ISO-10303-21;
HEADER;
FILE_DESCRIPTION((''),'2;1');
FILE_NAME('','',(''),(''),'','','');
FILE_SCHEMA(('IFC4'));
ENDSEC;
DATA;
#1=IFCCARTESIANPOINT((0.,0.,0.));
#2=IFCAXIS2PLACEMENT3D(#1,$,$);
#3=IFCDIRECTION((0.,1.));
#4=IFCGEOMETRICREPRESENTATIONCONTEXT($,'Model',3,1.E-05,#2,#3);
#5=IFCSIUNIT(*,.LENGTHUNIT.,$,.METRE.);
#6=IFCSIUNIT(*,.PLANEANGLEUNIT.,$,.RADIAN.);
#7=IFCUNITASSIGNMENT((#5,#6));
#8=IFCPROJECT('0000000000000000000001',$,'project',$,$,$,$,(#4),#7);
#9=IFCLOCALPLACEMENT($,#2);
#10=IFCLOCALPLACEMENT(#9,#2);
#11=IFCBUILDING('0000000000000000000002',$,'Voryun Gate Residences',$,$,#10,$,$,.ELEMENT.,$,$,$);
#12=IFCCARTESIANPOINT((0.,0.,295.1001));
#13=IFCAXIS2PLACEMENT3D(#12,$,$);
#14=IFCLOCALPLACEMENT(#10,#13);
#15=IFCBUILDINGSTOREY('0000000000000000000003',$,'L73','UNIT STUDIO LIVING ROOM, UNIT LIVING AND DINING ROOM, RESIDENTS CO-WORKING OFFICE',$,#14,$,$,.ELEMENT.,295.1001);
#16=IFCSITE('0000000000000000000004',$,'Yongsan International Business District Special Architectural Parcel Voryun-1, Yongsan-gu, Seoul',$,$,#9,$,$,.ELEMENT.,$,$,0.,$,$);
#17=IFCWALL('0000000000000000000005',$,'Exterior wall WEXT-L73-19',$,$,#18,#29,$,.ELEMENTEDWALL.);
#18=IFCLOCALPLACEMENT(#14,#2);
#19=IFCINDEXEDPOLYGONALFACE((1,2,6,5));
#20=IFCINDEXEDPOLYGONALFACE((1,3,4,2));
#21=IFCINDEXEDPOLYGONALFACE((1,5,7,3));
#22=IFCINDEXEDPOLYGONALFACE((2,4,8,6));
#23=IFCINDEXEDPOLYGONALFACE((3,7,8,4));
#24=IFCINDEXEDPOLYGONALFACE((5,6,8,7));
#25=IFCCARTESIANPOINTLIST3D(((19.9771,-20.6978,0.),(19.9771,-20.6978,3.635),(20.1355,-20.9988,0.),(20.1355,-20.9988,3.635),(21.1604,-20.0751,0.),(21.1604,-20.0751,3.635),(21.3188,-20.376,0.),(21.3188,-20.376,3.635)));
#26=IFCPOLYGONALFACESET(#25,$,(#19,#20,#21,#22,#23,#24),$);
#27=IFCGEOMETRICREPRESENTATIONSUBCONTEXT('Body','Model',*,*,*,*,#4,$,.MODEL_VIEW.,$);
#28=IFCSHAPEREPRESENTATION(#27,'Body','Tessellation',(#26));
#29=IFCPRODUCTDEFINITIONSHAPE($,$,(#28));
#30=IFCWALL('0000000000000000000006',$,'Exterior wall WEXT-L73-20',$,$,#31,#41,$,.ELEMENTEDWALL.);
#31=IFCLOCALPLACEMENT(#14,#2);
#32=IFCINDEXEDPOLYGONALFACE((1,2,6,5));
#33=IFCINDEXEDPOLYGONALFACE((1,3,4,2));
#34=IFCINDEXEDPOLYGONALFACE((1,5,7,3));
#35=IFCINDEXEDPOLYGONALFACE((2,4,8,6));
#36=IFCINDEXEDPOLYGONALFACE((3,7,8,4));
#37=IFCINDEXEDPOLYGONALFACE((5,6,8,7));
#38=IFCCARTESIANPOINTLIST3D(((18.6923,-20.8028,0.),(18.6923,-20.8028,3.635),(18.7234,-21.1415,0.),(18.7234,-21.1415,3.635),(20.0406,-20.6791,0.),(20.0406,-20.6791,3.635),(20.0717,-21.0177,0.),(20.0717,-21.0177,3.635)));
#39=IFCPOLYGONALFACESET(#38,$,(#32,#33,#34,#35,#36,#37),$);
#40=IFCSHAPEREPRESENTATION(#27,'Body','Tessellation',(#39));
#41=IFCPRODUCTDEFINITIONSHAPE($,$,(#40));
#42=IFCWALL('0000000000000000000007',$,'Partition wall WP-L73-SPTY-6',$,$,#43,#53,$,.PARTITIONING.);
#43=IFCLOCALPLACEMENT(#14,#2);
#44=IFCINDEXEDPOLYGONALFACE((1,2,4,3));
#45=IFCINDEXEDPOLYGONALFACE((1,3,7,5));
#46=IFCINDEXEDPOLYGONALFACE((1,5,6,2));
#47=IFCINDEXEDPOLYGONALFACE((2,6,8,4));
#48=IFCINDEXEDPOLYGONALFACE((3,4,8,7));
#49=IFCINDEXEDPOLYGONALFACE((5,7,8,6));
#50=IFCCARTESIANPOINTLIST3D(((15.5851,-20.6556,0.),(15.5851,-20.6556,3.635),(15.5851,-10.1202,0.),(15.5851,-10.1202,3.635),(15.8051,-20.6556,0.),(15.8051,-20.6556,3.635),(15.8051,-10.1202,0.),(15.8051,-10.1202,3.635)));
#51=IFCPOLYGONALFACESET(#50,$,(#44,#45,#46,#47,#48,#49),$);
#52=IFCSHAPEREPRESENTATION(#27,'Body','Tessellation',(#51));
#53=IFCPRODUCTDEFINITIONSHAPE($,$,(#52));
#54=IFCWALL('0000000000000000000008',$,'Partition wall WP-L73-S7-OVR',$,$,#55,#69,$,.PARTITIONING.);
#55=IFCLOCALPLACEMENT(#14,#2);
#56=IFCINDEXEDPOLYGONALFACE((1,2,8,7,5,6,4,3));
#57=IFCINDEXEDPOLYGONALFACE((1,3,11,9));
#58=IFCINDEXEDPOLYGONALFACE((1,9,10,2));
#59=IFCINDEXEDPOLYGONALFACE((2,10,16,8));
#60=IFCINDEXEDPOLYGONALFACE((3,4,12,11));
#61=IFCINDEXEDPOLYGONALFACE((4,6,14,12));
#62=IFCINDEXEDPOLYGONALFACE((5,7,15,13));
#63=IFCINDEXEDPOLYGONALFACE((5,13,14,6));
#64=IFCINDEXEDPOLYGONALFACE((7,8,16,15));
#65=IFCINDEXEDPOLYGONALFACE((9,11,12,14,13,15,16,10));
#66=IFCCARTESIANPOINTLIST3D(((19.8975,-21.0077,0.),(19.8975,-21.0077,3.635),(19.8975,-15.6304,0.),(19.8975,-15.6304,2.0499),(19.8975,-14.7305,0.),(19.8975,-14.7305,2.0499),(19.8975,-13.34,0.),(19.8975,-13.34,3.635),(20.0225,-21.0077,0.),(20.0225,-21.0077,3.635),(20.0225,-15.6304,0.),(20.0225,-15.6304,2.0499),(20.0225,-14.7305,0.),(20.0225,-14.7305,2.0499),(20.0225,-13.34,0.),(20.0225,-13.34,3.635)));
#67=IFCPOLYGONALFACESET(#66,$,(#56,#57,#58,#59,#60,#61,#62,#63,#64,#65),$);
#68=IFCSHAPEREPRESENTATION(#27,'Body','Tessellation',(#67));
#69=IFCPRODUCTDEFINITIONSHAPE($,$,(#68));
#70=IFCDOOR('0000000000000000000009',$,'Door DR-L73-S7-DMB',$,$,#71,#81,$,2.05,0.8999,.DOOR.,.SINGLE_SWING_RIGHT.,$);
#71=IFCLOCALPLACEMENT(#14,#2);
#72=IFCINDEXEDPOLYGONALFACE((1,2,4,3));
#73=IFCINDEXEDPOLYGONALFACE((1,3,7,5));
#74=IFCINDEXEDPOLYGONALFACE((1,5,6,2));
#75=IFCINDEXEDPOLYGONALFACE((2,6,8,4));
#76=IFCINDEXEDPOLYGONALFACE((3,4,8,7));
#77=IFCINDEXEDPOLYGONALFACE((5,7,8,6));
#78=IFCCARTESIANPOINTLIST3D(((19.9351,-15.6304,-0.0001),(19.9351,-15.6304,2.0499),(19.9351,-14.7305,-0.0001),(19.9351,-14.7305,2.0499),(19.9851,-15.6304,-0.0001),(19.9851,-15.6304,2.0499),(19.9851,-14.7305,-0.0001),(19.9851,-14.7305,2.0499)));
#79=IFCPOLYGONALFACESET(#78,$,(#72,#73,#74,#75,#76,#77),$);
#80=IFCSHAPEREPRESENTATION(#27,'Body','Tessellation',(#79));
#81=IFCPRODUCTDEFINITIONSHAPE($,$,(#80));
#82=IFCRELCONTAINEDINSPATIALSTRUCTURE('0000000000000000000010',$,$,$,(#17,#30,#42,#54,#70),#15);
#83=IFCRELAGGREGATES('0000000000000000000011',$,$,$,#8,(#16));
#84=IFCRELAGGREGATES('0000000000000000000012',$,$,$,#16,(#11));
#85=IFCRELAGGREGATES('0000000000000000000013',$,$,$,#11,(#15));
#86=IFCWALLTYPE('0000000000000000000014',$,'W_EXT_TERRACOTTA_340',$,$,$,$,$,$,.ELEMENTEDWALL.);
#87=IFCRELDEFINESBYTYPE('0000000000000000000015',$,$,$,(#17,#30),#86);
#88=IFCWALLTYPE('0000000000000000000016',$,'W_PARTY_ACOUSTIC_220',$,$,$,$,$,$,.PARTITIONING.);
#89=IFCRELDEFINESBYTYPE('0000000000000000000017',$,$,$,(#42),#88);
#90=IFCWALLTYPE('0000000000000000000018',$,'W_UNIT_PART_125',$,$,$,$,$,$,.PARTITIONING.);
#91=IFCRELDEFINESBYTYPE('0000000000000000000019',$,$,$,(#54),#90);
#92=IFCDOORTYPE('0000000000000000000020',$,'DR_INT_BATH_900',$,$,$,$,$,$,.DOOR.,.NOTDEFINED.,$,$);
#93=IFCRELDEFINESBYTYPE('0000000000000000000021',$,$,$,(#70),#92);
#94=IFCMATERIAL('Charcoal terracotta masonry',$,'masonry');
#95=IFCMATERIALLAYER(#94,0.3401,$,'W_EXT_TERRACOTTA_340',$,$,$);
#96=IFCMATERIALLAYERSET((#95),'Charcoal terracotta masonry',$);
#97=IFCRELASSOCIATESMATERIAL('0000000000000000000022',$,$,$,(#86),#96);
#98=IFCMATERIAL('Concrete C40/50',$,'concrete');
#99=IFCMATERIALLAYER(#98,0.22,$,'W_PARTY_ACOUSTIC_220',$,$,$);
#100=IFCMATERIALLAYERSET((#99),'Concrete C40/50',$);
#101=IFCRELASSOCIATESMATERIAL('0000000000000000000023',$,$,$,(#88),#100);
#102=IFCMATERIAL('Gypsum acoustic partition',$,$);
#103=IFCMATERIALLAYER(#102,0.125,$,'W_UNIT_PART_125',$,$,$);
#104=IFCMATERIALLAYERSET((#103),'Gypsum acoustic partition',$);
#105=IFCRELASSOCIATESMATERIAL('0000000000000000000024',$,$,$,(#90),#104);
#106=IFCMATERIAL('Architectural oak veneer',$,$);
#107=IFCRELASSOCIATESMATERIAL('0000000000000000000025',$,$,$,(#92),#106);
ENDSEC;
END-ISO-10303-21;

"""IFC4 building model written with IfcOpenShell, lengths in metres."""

from ifc_helpers import new_model, si_unit, direction, frame, frame_2d, origin, place, context, subcontext, project, spatial, rectangle, extrude, material, layer, layer_set, type_object, element, fill, save


model = new_model("IFC4")

# Units and contexts
model_context = context("Model", 3, precision=1e-05, world=origin(), true_north=direction((0.0, 1.0)))
body_context = subcontext(model_context, "Body", "Model", "MODEL_VIEW")
ifc_project = project(units=[si_unit("LENGTHUNIT", "METRE"), si_unit("PLANEANGLEUNIT", "RADIAN")], contexts=[model_context])

# Site, building, storey
site_placement = place(None, origin())
site = spatial("IfcSite", under=ifc_project, at=site_placement, Name="Yongsan International Business District Special Architectural Parcel Voryun-1, Yongsan-gu, Seoul", CompositionType="ELEMENT", RefElevation=0.0)
building_placement = place(site_placement, origin())
building = spatial("IfcBuilding", under=site, at=building_placement, Name="Voryun Gate Residences", CompositionType="ELEMENT")
storey_placement = place(building_placement, frame((0.0, 0.0, 295.1001)))
storey = spatial("IfcBuildingStorey", under=building, at=storey_placement, Name="L73", Description="UNIT STUDIO LIVING ROOM, UNIT LIVING AND DINING ROOM, RESIDENTS CO-WORKING OFFICE", CompositionType="ELEMENT", Elevation=295.1001)

# Shared definitions
ifc_material_1 = material(Name="Charcoal terracotta masonry", Category="masonry")
ifc_layer_1 = layer(ifc_material_1, 0.3401, Name="W_EXT_TERRACOTTA_340")
ifc_layer_set_1 = layer_set([ifc_layer_1], Name="Charcoal terracotta masonry")
wall_type_1 = type_object("IfcWallType", Name="W_EXT_TERRACOTTA_340", PredefinedType="ELEMENTEDWALL", material=ifc_layer_set_1)

# Walls
wall_1_placement = place(storey_placement, frame((21.2395, -20.2256, 0.0), z_axis=(0.0, 0.0, 1.0), x_axis=(-0.884922, -0.465739, 0.0)))
element("IfcWall", 1, at=wall_1_placement, inside=storey, type_object=wall_type_1, Name="Exterior wall WEXT-L73-19", PredefinedType="ELEMENTEDWALL", context=body_context, shape_type="SweptSolid", body=[
    extrude(rectangle(XDim=1.3372, YDim=0.3401, at=frame_2d((0.6685, 0.0))), origin(), (0.0, 0.0, 1.0), 3.635),
])
wall_2_placement = place(storey_placement, frame((20.0562, -20.8484, 0.0), z_axis=(0.0, 0.0, 1.0), x_axis=(-0.995813, -0.091414, 0.0)))
element("IfcWall", 2, at=wall_2_placement, inside=storey, type_object=wall_type_1, Name="Exterior wall WEXT-L73-20", PredefinedType="ELEMENTEDWALL", context=body_context, shape_type="SweptSolid", body=[
    extrude(rectangle(XDim=1.354, YDim=0.3401, at=frame_2d((0.677, 0.0))), origin(), (0.0, 0.0, 1.0), 3.635),
])
ifc_material_2 = material(Name="Concrete C40/50", Category="concrete")
ifc_layer_2 = layer(ifc_material_2, 0.22, Name="W_PARTY_ACOUSTIC_220")
ifc_layer_set_2 = layer_set([ifc_layer_2], Name="Concrete C40/50")
wall_type_2 = type_object("IfcWallType", Name="W_PARTY_ACOUSTIC_220", PredefinedType="PARTITIONING", material=ifc_layer_set_2)
wall_3_placement = place(storey_placement, frame((15.6951, -20.6555, 0.0), z_axis=(0.0, 0.0, 1.0), x_axis=(0.0, 1.0, 0.0)))
element("IfcWall", 3, at=wall_3_placement, inside=storey, type_object=wall_type_2, Name="Partition wall WP-L73-SPTY-6", PredefinedType="PARTITIONING", context=body_context, shape_type="SweptSolid", body=[
    extrude(rectangle(XDim=10.5354, YDim=0.22, at=frame_2d((5.2676, 0.0))), origin(), (0.0, 0.0, 1.0), 3.635),
])

# Wall, opening, door
ifc_material_3 = material(Name="Gypsum acoustic partition")
ifc_layer_3 = layer(ifc_material_3, 0.125, Name="W_UNIT_PART_125")
ifc_layer_set_3 = layer_set([ifc_layer_3], Name="Gypsum acoustic partition")
wall_type_3 = type_object("IfcWallType", Name="W_UNIT_PART_125", PredefinedType="PARTITIONING", material=ifc_layer_set_3)
wall_4_placement = place(storey_placement, frame((19.96, -21.0078, 0.0), z_axis=(0.0, 0.0, 1.0), x_axis=(0.0, 1.0, 0.0)))
wall_4 = element("IfcWall", 4, at=wall_4_placement, inside=storey, type_object=wall_type_3, Name="Partition wall WP-L73-S7-OVR", PredefinedType="PARTITIONING", context=body_context, shape_type="SweptSolid", body=[
    extrude(rectangle(XDim=7.6677, YDim=0.125, at=frame_2d((3.834, 0.0))), origin(), (0.0, 0.0, 1.0), 3.635),
])
opening_1_placement = place(wall_4_placement, frame((5.3774, 0.0, 0.0)))
opening_1 = element("IfcOpeningElement", 5, at=opening_1_placement, cuts=wall_4, PredefinedType="OPENING", context=body_context, shape_type="SweptSolid", body=[
    extrude(rectangle(XDim=0.8999, YDim=2.05, at=frame_2d((0.45, 1.0249))), frame((0.0, 0.0725, 0.0), z_axis=(0.0, -1.0, 0.0), x_axis=(1.0, 0.0, 0.0)), (0.0, 0.0, 1.0), 0.145),
])
ifc_material_4 = material(Name="Architectural oak veneer")
door_type = type_object("IfcDoorType", Name="DR_INT_BATH_900", OperationType="NOTDEFINED", PredefinedType="DOOR", material=ifc_material_4)
door_placement = place(opening_1_placement, origin())
door = element("IfcDoor", 6, at=door_placement, inside=storey, type_object=door_type, Name="Door DR-L73-S7-DMB", OperationType="SINGLE_SWING_RIGHT", OverallHeight=2.05, OverallWidth=0.8999, PredefinedType="DOOR", context=body_context, shape_type="SweptSolid", body=[
    extrude(rectangle(XDim=0.8999, YDim=2.05, at=frame_2d((0.45, 1.0249))), frame((0.0, 0.0249, 0.0), z_axis=(0.0, -1.0, 0.0), x_axis=(1.0, 0.0, 0.0)), (0.0, 0.0, 1.0), 0.05),
])
fill(opening_1, door)

save(model, "model.ifc")
